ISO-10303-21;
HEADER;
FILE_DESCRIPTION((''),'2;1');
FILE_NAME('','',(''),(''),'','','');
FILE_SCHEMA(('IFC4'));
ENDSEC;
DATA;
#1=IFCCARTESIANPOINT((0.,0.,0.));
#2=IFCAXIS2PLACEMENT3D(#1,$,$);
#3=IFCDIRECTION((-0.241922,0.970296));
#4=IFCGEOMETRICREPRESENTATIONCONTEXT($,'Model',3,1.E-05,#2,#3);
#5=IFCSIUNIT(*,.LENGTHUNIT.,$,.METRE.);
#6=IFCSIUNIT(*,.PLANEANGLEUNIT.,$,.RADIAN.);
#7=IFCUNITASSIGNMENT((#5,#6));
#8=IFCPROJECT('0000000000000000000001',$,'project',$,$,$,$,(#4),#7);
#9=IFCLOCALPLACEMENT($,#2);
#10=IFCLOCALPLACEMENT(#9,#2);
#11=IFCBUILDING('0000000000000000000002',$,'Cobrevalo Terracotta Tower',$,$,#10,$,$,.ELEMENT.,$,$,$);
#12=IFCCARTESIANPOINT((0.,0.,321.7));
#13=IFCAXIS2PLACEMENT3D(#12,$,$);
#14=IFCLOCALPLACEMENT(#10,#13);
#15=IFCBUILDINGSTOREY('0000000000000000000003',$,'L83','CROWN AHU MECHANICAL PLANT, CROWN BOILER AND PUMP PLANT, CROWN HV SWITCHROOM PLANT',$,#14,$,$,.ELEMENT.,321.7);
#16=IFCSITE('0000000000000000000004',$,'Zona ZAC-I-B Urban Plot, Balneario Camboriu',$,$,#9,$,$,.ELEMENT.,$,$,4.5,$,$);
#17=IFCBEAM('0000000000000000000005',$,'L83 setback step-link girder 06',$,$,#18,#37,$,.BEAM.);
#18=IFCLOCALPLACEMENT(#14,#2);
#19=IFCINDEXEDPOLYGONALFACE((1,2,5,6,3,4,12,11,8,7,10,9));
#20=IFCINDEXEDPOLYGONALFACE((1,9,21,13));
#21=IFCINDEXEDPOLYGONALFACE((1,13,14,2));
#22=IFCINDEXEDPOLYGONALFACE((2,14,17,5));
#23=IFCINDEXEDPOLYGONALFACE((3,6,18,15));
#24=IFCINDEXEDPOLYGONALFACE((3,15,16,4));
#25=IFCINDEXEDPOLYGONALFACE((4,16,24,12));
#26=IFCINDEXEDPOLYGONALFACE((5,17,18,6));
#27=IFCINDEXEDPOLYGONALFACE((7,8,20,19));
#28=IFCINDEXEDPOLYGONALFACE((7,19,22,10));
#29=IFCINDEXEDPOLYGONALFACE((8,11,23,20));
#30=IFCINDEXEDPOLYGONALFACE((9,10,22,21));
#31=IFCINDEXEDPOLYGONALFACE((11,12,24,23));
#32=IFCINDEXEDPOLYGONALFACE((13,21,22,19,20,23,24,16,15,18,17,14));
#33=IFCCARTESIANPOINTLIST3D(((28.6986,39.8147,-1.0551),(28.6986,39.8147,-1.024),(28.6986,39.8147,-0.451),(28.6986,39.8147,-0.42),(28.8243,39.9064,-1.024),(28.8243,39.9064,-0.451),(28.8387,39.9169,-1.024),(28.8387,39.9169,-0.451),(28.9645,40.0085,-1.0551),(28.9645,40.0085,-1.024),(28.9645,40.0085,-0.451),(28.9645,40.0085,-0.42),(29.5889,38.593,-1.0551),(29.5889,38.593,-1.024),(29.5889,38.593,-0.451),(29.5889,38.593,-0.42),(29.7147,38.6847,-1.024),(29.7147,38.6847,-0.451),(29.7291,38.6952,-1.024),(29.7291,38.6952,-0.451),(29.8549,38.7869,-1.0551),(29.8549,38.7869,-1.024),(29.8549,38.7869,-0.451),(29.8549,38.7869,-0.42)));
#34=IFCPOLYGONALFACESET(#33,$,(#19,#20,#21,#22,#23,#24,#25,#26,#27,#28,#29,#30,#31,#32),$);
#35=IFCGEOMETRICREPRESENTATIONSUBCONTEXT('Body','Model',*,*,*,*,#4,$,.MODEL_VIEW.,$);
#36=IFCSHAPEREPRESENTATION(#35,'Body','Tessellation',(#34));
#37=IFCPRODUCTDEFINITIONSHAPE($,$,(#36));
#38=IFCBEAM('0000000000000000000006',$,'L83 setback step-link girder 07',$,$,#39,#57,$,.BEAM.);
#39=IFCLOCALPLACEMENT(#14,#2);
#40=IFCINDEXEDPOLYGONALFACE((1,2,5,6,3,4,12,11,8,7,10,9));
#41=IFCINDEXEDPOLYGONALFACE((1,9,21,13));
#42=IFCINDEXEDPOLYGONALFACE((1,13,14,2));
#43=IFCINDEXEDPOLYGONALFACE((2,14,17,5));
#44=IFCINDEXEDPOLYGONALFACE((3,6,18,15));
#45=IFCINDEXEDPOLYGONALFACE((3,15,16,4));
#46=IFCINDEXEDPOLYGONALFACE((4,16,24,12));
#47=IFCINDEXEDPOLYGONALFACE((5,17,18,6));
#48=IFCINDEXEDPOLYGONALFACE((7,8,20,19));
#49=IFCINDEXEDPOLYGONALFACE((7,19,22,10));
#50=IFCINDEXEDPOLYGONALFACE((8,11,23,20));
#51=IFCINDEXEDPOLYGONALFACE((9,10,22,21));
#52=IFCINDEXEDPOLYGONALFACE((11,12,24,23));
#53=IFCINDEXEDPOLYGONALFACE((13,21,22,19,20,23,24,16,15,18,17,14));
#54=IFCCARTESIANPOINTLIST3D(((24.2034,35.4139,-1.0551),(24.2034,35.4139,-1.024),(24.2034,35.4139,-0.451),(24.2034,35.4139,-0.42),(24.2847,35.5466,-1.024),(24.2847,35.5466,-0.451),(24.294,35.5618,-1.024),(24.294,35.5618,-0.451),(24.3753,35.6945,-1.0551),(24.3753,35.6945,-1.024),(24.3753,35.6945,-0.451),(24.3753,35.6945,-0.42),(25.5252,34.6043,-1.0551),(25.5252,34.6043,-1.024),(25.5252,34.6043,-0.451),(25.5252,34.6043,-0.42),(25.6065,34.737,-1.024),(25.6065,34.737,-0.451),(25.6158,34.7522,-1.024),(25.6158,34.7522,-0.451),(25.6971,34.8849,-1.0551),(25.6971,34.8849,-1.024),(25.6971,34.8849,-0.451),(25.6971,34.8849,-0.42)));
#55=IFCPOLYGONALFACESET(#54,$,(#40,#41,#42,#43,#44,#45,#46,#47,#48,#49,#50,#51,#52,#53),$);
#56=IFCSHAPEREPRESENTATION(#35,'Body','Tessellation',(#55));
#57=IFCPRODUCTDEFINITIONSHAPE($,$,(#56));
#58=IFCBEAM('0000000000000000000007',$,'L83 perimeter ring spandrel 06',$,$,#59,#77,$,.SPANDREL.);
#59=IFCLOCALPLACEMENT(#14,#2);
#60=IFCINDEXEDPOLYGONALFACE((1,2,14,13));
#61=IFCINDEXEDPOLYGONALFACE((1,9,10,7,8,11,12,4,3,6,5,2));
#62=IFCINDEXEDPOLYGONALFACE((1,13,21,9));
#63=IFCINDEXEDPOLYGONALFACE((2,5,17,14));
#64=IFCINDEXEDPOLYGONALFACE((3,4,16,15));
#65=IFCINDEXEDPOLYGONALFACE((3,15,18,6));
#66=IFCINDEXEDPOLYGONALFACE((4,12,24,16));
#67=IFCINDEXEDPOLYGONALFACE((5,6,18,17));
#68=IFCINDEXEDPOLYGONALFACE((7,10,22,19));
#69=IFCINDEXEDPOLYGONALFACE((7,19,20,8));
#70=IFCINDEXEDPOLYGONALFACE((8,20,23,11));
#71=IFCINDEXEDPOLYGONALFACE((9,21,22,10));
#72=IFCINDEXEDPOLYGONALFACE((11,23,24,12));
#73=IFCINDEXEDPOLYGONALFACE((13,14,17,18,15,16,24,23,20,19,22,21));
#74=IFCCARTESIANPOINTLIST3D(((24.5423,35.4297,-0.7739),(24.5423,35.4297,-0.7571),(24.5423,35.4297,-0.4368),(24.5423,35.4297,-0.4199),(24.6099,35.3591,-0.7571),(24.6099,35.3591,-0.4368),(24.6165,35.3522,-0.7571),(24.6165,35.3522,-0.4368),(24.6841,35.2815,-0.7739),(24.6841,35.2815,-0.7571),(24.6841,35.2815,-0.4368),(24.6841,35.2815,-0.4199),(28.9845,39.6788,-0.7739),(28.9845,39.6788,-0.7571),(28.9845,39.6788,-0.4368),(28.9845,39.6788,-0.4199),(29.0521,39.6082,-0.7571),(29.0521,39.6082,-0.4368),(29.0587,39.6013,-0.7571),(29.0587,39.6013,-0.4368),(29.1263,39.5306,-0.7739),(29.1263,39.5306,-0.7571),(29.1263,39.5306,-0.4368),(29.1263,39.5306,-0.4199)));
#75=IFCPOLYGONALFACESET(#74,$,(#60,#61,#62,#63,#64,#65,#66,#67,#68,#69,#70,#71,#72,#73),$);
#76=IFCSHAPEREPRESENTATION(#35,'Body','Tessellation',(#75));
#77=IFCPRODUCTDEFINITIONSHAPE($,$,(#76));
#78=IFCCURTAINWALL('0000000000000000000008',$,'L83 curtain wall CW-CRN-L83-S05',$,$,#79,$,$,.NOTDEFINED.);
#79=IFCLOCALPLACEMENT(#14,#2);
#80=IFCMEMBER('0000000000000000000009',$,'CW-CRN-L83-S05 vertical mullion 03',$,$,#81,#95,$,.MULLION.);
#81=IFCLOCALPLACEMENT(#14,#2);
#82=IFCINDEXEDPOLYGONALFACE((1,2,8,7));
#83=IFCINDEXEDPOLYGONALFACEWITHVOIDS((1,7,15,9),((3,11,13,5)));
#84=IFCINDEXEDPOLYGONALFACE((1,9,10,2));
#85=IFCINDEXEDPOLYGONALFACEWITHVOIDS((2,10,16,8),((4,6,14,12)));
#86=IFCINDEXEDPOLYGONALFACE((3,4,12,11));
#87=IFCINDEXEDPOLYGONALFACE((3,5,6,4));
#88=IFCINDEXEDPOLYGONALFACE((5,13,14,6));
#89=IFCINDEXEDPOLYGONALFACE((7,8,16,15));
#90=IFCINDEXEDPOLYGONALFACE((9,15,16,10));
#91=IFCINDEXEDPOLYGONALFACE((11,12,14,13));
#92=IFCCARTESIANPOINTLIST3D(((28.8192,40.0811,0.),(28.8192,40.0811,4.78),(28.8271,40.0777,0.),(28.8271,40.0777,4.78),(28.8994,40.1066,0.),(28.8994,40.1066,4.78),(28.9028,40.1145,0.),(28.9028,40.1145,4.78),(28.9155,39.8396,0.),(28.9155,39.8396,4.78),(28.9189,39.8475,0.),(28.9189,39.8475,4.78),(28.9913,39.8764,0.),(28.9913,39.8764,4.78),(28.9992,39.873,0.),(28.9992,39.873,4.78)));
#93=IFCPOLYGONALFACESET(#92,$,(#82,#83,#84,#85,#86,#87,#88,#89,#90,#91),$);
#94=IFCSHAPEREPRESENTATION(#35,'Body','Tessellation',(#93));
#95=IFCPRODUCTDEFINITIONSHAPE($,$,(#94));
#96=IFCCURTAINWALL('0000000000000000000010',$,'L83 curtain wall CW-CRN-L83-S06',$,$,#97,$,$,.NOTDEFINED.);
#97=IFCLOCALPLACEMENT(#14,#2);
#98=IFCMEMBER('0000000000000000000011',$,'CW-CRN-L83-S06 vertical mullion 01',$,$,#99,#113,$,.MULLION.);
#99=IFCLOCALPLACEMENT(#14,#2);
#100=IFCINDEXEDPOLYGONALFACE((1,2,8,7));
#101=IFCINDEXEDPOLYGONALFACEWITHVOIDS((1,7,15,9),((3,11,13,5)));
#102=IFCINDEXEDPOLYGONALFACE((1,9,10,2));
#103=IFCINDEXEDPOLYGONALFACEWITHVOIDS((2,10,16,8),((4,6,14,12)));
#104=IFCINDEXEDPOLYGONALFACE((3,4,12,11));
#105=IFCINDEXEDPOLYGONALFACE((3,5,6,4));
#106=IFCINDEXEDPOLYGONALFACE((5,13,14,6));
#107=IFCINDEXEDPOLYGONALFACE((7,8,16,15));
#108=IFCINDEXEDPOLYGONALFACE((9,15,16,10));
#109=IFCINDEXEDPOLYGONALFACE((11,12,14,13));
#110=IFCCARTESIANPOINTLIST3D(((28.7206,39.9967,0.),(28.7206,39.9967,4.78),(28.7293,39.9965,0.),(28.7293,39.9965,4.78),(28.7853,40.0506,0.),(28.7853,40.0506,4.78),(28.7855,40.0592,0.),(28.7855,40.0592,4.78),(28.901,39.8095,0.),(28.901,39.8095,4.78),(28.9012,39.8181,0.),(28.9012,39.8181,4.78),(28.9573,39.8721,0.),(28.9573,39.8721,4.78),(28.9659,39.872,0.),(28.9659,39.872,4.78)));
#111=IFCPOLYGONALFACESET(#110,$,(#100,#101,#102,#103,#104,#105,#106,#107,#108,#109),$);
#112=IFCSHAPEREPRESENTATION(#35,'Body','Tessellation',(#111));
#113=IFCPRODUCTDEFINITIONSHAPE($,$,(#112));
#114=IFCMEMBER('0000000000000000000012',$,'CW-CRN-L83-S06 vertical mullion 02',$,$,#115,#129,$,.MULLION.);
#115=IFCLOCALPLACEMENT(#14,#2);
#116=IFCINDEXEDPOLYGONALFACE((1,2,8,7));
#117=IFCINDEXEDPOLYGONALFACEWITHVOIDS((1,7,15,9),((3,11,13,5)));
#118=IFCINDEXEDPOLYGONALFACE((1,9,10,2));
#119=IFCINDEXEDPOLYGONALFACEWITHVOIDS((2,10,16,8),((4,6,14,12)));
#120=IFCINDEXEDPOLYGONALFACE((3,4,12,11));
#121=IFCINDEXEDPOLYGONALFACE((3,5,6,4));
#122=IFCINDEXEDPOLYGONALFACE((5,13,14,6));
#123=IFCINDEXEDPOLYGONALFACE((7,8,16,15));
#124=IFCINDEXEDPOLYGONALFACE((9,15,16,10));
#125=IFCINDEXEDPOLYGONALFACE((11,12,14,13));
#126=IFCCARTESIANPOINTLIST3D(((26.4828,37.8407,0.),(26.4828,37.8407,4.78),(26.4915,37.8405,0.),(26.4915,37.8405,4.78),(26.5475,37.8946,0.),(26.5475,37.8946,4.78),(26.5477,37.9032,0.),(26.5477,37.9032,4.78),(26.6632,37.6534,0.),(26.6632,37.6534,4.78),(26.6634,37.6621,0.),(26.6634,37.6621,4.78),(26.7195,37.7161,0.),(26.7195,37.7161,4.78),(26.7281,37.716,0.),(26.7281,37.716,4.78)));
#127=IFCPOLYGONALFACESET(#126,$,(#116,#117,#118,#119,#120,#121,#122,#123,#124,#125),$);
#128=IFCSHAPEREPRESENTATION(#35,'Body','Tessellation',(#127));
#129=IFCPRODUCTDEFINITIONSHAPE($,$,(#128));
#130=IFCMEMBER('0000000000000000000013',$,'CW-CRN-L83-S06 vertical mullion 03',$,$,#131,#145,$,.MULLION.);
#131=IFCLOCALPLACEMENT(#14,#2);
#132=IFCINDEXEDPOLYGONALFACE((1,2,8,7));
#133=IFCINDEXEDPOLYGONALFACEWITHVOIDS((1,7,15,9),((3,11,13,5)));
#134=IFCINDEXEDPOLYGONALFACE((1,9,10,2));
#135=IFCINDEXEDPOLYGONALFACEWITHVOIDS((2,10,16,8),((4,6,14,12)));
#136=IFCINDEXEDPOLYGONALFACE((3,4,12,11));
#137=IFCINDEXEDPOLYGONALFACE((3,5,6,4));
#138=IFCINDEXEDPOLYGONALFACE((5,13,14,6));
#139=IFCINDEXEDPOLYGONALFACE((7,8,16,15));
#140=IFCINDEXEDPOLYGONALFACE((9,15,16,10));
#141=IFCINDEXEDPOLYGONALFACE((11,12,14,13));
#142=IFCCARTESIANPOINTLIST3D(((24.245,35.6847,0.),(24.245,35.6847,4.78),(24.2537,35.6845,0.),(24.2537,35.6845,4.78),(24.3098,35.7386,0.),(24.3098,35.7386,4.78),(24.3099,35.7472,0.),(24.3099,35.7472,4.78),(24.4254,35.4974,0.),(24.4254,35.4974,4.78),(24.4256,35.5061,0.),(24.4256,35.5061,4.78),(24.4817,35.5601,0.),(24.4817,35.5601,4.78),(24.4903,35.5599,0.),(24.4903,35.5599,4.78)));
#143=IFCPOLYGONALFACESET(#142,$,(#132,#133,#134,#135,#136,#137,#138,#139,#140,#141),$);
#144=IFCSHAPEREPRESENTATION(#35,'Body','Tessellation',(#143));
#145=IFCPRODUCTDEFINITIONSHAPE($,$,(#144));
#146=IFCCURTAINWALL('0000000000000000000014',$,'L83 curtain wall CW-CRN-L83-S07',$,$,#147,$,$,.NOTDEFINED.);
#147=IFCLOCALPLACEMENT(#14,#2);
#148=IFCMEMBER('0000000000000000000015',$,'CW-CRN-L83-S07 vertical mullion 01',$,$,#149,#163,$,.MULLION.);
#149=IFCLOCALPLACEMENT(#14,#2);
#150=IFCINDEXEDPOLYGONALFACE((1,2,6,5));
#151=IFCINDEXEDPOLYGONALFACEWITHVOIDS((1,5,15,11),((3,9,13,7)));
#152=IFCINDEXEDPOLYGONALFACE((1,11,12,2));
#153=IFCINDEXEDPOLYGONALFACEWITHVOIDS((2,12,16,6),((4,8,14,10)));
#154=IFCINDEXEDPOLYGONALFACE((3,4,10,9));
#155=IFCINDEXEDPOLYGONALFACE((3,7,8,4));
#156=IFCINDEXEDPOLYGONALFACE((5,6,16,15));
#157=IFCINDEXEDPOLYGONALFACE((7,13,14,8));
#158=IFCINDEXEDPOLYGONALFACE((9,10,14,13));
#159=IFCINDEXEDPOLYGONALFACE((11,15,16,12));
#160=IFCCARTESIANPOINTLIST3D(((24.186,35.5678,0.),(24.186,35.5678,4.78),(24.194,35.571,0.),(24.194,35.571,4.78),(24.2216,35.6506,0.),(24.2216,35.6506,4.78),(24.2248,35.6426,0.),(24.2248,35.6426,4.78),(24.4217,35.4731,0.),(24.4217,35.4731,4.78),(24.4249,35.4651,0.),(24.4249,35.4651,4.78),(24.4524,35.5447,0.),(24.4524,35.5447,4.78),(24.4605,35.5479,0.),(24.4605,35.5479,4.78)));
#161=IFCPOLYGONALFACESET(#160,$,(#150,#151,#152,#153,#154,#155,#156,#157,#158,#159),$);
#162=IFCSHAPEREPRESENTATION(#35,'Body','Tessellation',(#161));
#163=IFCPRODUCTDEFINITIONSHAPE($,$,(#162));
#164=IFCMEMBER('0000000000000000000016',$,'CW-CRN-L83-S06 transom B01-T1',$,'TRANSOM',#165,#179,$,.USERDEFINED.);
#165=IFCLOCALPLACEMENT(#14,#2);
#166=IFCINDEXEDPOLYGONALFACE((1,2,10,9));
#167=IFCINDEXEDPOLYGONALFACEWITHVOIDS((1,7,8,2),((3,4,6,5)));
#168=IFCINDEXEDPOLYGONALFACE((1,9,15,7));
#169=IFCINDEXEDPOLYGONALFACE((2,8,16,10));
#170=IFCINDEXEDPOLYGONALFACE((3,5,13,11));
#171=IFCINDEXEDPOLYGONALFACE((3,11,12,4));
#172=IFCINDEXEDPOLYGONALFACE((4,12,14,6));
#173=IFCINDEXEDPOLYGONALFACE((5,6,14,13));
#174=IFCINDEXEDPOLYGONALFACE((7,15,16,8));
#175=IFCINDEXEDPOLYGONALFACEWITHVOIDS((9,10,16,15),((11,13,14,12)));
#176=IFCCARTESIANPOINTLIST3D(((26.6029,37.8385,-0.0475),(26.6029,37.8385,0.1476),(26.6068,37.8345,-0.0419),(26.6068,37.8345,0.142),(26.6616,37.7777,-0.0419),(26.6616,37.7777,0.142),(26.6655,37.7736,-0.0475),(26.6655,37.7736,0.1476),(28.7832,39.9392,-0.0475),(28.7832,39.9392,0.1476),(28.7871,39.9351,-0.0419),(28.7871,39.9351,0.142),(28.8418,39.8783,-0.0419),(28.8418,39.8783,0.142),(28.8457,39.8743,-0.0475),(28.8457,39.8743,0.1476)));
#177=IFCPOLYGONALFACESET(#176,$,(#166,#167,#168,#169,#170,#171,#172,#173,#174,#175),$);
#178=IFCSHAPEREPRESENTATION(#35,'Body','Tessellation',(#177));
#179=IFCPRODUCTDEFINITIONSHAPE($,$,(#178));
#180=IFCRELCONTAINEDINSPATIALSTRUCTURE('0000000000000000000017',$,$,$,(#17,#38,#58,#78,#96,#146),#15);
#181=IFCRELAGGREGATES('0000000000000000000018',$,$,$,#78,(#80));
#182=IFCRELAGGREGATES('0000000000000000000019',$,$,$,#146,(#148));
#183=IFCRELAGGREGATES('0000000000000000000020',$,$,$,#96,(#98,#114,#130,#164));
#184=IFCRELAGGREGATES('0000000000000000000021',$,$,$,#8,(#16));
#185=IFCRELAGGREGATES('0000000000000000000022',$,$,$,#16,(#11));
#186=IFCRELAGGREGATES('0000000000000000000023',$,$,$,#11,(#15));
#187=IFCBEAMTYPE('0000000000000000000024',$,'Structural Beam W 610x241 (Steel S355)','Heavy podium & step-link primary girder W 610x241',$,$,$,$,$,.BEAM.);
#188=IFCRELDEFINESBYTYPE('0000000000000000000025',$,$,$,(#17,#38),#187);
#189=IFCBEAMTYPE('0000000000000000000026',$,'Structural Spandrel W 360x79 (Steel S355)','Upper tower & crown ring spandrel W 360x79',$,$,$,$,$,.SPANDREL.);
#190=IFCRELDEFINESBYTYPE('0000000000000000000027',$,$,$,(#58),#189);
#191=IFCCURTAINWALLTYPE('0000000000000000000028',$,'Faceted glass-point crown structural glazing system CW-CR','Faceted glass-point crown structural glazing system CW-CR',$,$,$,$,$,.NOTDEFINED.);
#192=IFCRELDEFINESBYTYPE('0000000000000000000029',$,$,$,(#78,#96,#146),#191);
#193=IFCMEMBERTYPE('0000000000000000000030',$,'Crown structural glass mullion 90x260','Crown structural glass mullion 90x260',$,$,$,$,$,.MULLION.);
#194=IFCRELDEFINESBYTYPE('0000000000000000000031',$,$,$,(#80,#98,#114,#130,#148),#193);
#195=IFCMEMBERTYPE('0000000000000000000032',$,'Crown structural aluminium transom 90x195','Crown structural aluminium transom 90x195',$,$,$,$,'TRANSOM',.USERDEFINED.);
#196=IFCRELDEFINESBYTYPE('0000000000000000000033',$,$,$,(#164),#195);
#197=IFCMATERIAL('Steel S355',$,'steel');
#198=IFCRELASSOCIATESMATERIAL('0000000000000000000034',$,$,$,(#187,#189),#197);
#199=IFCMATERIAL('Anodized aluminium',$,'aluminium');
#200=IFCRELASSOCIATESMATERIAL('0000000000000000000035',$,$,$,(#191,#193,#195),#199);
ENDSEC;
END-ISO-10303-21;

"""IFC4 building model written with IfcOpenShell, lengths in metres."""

from ifc_helpers import new_model, si_unit, direction, frame, origin, origin_2d, place, context, subcontext, project, spatial, hollow_rectangle, i_section, extrude, source, transform, mapped, material, material_profile, profile_set, type_object, element, aggregate, save


model = new_model("IFC4")

# Units and contexts
model_context = context("Model", 3, precision=1e-05, world=origin(), true_north=direction((-0.241922, 0.970296)))
body_context = subcontext(model_context, "Body", "Model", "MODEL_VIEW")
ifc_project = project(units=[si_unit("LENGTHUNIT", "METRE"), si_unit("PLANEANGLEUNIT", "RADIAN")], contexts=[model_context])

# Site, building, storey
site_placement = place(None, origin())
site = spatial("IfcSite", under=ifc_project, at=site_placement, Name="Zona ZAC-I-B Urban Plot, Balneario Camboriu", CompositionType="ELEMENT", RefElevation=4.5)
building_placement = place(site_placement, origin())
building = spatial("IfcBuilding", under=site, at=building_placement, Name="Cobrevalo Terracotta Tower", CompositionType="ELEMENT")
storey_placement = place(building_placement, frame((0.0, 0.0, 321.7)))
storey = spatial("IfcBuildingStorey", under=building, at=storey_placement, Name="L83", Description="CROWN AHU MECHANICAL PLANT, CROWN BOILER AND PUMP PLANT, CROWN HV SWITCHROOM PLANT", CompositionType="ELEMENT", Elevation=321.7)

# Beams
ifc_material_1 = material(Name="Steel S355", Category="steel")
ifc_material_profile_1 = material_profile(ifc_material_1, i_section(OverallWidth=0.3291, OverallDepth=0.635, WebThickness=0.0178, FlangeThickness=0.031, at=origin_2d()), Name="W 610x241")
ifc_profile_set_1 = profile_set([ifc_material_profile_1], Name="Steel S355")
beam_type_1 = type_object("IfcBeamType", Name="Structural Beam W 610x241 (Steel S355)", Description="Heavy podium & step-link primary girder W 610x241", PredefinedType="BEAM", material=ifc_profile_set_1)
beam_1_placement = place(storey_placement, frame((28.8315, 39.9116, -0.7375), z_axis=(0.588988, -0.808142, 0.0), x_axis=(0.808142, 0.588988, 0.0)))
element("IfcBeam", 1, at=beam_1_placement, inside=storey, type_object=beam_type_1, Name="L83 setback step-link girder 06", PredefinedType="BEAM", context=body_context, shape_type="SweptSolid", body=[
    extrude(i_section(OverallWidth=0.3291, OverallDepth=0.635, WebThickness=0.0178, FlangeThickness=0.031, at=origin_2d()), origin(), (0.0, 0.0, 1.0), 1.5117),
])
beam_2_placement = place(storey_placement, frame((24.2893, 35.5542, -0.7375), z_axis=(0.85276, -0.522303, 0.0), x_axis=(0.522303, 0.85276, 0.0)))
element("IfcBeam", 2, at=beam_2_placement, inside=storey, type_object=beam_type_1, Name="L83 setback step-link girder 07", PredefinedType="BEAM", context=body_context, shape_type="SweptSolid", body=[
    extrude(i_section(OverallWidth=0.3291, OverallDepth=0.635, WebThickness=0.0178, FlangeThickness=0.031, at=origin_2d()), origin(), (0.0, 0.0, 1.0), 1.55),
])
ifc_material_profile_2 = material_profile(ifc_material_1, i_section(OverallWidth=0.2051, OverallDepth=0.354, WebThickness=0.0095, FlangeThickness=0.0168, at=origin_2d()), Name="W 360x79")
ifc_profile_set_2 = profile_set([ifc_material_profile_2], Name="Steel S355")
beam_type_2 = type_object("IfcBeamType", Name="Structural Spandrel W 360x79 (Steel S355)", Description="Upper tower & crown ring spandrel W 360x79", PredefinedType="SPANDREL", material=ifc_profile_set_2)
beam_3_placement = place(storey_placement, frame((29.0554, 39.6047, -0.5969), z_axis=(-0.72264, -0.691224, 0.0), x_axis=(0.691224, -0.72264, 0.0)))
element("IfcBeam", 3, at=beam_3_placement, inside=storey, type_object=beam_type_2, Name="L83 perimeter ring spandrel 06", PredefinedType="SPANDREL", context=body_context, shape_type="SweptSolid", body=[
    extrude(i_section(OverallWidth=0.2051, OverallDepth=0.354, WebThickness=0.0095, FlangeThickness=0.0168, at=origin_2d()), origin(), (0.0, 0.0, 1.0), 6.1472),
])

# Curtain wall, member
ifc_material_2 = material(Name="Anodized aluminium", Category="aluminium")
curtain_wall_type = type_object("IfcCurtainWallType", Name="Faceted glass-point crown structural glazing system CW-CR", Description="Faceted glass-point crown structural glazing system CW-CR", PredefinedType="NOTDEFINED", material=ifc_material_2)
curtain_wall_1_placement = place(storey_placement, origin())
curtain_wall_1 = element("IfcCurtainWall", 4, at=curtain_wall_1_placement, inside=storey, type_object=curtain_wall_type, Name="L83 curtain wall CW-CRN-L83-S05", PredefinedType="NOTDEFINED")
ifc_material_profile_3 = material_profile(ifc_material_2, hollow_rectangle(XDim=0.0901, YDim=0.26, WallThickness=0.0061, at=origin_2d()), Name="CWM 90x260")
ifc_profile_set_3 = profile_set([ifc_material_profile_3], Name="Anodized aluminium")
member_type_1 = type_object("IfcMemberType", Name="Crown structural glass mullion 90x260", Description="Crown structural glass mullion 90x260", PredefinedType="MULLION", material=ifc_profile_set_3)
shared_shape_1 = source(origin(), body_context, "Body", "SweptSolid", [
    extrude(hollow_rectangle(XDim=0.0901, YDim=0.26, WallThickness=0.0061, at=origin_2d()), origin(), (0.0, 0.0, 1.0), 4.78),
])
member_1_placement = place(storey_placement, frame((28.9092, 39.9771, 0.0), z_axis=(0.0, 0.0, 1.0), x_axis=(-0.928771, -0.370655, 0.0)))
member_1 = element("IfcMember", 5, at=member_1_placement, type_object=member_type_1, Name="CW-CRN-L83-S05 vertical mullion 03", PredefinedType="MULLION", context=body_context, shape_type="MappedRepresentation", body=[
    mapped(shared_shape_1, transform((0.0, 0.0, 0.0), scale=1.0)),
])
aggregate(curtain_wall_1, [member_1])

# Curtain wall, members
curtain_wall_2_placement = place(storey_placement, origin())
curtain_wall_2 = element("IfcCurtainWall", 6, at=curtain_wall_2_placement, inside=storey, type_object=curtain_wall_type, Name="L83 curtain wall CW-CRN-L83-S06", PredefinedType="NOTDEFINED")
member_2_placement = place(storey_placement, frame((28.8433, 39.9343, 0.0), z_axis=(0.0, 0.0, 1.0), x_axis=(-0.72014, -0.693829, 0.0)))
member_2 = element("IfcMember", 7, at=member_2_placement, type_object=member_type_1, Name="CW-CRN-L83-S06 vertical mullion 01", PredefinedType="MULLION", context=body_context, shape_type="MappedRepresentation", body=[
    mapped(shared_shape_1, transform((0.0, 0.0, 0.0), scale=1.0)),
])
member_3_placement = place(storey_placement, frame((26.6055, 37.7783, 0.0), z_axis=(0.0, 0.0, 1.0), x_axis=(-0.72014, -0.693829, 0.0)))
member_3 = element("IfcMember", 8, at=member_3_placement, type_object=member_type_1, Name="CW-CRN-L83-S06 vertical mullion 02", PredefinedType="MULLION", context=body_context, shape_type="MappedRepresentation", body=[
    mapped(shared_shape_1, transform((0.0, 0.0, 0.0), scale=1.0)),
])
member_4_placement = place(storey_placement, frame((24.3677, 35.6223, 0.0), z_axis=(0.0, 0.0, 1.0), x_axis=(-0.72014, -0.693829, 0.0)))
member_4 = element("IfcMember", 9, at=member_4_placement, type_object=member_type_1, Name="CW-CRN-L83-S06 vertical mullion 03", PredefinedType="MULLION", context=body_context, shape_type="MappedRepresentation", body=[
    mapped(shared_shape_1, transform((0.0, 0.0, 0.0), scale=1.0)),
])

# Curtain wall, member
curtain_wall_3_placement = place(storey_placement, origin())
curtain_wall_3 = element("IfcCurtainWall", 10, at=curtain_wall_3_placement, inside=storey, type_object=curtain_wall_type, Name="L83 curtain wall CW-CRN-L83-S07", PredefinedType="NOTDEFINED")
member_5_placement = place(storey_placement, frame((24.3232, 35.5579, 0.0), z_axis=(0.0, 0.0, 1.0), x_axis=(-0.394968, -0.918695, 0.0)))
member_5 = element("IfcMember", 11, at=member_5_placement, type_object=member_type_1, Name="CW-CRN-L83-S07 vertical mullion 01", PredefinedType="MULLION", context=body_context, shape_type="MappedRepresentation", body=[
    mapped(shared_shape_1, transform((0.0, 0.0, 0.0), scale=1.0)),
])
aggregate(curtain_wall_3, [member_5])

# Member
ifc_material_profile_4 = material_profile(ifc_material_2, hollow_rectangle(XDim=0.0901, YDim=0.1951, WallThickness=0.0056, at=origin_2d()), Name="CWT 90x195")
ifc_profile_set_4 = profile_set([ifc_material_profile_4], Name="Anodized aluminium")
member_type_2 = type_object("IfcMemberType", Name="Crown structural aluminium transom 90x195", Description="Crown structural aluminium transom 90x195", ElementType="TRANSOM", PredefinedType="USERDEFINED", material=ifc_profile_set_4)
shared_shape_2 = source(origin(), body_context, "Body", "SweptSolid", [
    extrude(hollow_rectangle(XDim=0.0901, YDim=0.1951, WallThickness=0.0056, at=origin_2d()), origin(), (0.0, 0.0, 1.0), 3.0276),
])
member_6_placement = place(storey_placement, frame((28.8145, 39.9067, 0.05), z_axis=(-0.720129, -0.69384, 0.0), x_axis=(0.69384, -0.720129, 0.0)))
member_6 = element("IfcMember", 12, at=member_6_placement, type_object=member_type_2, Name="CW-CRN-L83-S06 transom B01-T1", ObjectType="TRANSOM", PredefinedType="USERDEFINED", context=body_context, shape_type="MappedRepresentation", body=[
    mapped(shared_shape_2, transform((0.0, 0.0, 0.0), scale=1.0)),
])

aggregate(curtain_wall_2, [member_2, member_3, member_4, member_6])

save(model, "model.ifc")
